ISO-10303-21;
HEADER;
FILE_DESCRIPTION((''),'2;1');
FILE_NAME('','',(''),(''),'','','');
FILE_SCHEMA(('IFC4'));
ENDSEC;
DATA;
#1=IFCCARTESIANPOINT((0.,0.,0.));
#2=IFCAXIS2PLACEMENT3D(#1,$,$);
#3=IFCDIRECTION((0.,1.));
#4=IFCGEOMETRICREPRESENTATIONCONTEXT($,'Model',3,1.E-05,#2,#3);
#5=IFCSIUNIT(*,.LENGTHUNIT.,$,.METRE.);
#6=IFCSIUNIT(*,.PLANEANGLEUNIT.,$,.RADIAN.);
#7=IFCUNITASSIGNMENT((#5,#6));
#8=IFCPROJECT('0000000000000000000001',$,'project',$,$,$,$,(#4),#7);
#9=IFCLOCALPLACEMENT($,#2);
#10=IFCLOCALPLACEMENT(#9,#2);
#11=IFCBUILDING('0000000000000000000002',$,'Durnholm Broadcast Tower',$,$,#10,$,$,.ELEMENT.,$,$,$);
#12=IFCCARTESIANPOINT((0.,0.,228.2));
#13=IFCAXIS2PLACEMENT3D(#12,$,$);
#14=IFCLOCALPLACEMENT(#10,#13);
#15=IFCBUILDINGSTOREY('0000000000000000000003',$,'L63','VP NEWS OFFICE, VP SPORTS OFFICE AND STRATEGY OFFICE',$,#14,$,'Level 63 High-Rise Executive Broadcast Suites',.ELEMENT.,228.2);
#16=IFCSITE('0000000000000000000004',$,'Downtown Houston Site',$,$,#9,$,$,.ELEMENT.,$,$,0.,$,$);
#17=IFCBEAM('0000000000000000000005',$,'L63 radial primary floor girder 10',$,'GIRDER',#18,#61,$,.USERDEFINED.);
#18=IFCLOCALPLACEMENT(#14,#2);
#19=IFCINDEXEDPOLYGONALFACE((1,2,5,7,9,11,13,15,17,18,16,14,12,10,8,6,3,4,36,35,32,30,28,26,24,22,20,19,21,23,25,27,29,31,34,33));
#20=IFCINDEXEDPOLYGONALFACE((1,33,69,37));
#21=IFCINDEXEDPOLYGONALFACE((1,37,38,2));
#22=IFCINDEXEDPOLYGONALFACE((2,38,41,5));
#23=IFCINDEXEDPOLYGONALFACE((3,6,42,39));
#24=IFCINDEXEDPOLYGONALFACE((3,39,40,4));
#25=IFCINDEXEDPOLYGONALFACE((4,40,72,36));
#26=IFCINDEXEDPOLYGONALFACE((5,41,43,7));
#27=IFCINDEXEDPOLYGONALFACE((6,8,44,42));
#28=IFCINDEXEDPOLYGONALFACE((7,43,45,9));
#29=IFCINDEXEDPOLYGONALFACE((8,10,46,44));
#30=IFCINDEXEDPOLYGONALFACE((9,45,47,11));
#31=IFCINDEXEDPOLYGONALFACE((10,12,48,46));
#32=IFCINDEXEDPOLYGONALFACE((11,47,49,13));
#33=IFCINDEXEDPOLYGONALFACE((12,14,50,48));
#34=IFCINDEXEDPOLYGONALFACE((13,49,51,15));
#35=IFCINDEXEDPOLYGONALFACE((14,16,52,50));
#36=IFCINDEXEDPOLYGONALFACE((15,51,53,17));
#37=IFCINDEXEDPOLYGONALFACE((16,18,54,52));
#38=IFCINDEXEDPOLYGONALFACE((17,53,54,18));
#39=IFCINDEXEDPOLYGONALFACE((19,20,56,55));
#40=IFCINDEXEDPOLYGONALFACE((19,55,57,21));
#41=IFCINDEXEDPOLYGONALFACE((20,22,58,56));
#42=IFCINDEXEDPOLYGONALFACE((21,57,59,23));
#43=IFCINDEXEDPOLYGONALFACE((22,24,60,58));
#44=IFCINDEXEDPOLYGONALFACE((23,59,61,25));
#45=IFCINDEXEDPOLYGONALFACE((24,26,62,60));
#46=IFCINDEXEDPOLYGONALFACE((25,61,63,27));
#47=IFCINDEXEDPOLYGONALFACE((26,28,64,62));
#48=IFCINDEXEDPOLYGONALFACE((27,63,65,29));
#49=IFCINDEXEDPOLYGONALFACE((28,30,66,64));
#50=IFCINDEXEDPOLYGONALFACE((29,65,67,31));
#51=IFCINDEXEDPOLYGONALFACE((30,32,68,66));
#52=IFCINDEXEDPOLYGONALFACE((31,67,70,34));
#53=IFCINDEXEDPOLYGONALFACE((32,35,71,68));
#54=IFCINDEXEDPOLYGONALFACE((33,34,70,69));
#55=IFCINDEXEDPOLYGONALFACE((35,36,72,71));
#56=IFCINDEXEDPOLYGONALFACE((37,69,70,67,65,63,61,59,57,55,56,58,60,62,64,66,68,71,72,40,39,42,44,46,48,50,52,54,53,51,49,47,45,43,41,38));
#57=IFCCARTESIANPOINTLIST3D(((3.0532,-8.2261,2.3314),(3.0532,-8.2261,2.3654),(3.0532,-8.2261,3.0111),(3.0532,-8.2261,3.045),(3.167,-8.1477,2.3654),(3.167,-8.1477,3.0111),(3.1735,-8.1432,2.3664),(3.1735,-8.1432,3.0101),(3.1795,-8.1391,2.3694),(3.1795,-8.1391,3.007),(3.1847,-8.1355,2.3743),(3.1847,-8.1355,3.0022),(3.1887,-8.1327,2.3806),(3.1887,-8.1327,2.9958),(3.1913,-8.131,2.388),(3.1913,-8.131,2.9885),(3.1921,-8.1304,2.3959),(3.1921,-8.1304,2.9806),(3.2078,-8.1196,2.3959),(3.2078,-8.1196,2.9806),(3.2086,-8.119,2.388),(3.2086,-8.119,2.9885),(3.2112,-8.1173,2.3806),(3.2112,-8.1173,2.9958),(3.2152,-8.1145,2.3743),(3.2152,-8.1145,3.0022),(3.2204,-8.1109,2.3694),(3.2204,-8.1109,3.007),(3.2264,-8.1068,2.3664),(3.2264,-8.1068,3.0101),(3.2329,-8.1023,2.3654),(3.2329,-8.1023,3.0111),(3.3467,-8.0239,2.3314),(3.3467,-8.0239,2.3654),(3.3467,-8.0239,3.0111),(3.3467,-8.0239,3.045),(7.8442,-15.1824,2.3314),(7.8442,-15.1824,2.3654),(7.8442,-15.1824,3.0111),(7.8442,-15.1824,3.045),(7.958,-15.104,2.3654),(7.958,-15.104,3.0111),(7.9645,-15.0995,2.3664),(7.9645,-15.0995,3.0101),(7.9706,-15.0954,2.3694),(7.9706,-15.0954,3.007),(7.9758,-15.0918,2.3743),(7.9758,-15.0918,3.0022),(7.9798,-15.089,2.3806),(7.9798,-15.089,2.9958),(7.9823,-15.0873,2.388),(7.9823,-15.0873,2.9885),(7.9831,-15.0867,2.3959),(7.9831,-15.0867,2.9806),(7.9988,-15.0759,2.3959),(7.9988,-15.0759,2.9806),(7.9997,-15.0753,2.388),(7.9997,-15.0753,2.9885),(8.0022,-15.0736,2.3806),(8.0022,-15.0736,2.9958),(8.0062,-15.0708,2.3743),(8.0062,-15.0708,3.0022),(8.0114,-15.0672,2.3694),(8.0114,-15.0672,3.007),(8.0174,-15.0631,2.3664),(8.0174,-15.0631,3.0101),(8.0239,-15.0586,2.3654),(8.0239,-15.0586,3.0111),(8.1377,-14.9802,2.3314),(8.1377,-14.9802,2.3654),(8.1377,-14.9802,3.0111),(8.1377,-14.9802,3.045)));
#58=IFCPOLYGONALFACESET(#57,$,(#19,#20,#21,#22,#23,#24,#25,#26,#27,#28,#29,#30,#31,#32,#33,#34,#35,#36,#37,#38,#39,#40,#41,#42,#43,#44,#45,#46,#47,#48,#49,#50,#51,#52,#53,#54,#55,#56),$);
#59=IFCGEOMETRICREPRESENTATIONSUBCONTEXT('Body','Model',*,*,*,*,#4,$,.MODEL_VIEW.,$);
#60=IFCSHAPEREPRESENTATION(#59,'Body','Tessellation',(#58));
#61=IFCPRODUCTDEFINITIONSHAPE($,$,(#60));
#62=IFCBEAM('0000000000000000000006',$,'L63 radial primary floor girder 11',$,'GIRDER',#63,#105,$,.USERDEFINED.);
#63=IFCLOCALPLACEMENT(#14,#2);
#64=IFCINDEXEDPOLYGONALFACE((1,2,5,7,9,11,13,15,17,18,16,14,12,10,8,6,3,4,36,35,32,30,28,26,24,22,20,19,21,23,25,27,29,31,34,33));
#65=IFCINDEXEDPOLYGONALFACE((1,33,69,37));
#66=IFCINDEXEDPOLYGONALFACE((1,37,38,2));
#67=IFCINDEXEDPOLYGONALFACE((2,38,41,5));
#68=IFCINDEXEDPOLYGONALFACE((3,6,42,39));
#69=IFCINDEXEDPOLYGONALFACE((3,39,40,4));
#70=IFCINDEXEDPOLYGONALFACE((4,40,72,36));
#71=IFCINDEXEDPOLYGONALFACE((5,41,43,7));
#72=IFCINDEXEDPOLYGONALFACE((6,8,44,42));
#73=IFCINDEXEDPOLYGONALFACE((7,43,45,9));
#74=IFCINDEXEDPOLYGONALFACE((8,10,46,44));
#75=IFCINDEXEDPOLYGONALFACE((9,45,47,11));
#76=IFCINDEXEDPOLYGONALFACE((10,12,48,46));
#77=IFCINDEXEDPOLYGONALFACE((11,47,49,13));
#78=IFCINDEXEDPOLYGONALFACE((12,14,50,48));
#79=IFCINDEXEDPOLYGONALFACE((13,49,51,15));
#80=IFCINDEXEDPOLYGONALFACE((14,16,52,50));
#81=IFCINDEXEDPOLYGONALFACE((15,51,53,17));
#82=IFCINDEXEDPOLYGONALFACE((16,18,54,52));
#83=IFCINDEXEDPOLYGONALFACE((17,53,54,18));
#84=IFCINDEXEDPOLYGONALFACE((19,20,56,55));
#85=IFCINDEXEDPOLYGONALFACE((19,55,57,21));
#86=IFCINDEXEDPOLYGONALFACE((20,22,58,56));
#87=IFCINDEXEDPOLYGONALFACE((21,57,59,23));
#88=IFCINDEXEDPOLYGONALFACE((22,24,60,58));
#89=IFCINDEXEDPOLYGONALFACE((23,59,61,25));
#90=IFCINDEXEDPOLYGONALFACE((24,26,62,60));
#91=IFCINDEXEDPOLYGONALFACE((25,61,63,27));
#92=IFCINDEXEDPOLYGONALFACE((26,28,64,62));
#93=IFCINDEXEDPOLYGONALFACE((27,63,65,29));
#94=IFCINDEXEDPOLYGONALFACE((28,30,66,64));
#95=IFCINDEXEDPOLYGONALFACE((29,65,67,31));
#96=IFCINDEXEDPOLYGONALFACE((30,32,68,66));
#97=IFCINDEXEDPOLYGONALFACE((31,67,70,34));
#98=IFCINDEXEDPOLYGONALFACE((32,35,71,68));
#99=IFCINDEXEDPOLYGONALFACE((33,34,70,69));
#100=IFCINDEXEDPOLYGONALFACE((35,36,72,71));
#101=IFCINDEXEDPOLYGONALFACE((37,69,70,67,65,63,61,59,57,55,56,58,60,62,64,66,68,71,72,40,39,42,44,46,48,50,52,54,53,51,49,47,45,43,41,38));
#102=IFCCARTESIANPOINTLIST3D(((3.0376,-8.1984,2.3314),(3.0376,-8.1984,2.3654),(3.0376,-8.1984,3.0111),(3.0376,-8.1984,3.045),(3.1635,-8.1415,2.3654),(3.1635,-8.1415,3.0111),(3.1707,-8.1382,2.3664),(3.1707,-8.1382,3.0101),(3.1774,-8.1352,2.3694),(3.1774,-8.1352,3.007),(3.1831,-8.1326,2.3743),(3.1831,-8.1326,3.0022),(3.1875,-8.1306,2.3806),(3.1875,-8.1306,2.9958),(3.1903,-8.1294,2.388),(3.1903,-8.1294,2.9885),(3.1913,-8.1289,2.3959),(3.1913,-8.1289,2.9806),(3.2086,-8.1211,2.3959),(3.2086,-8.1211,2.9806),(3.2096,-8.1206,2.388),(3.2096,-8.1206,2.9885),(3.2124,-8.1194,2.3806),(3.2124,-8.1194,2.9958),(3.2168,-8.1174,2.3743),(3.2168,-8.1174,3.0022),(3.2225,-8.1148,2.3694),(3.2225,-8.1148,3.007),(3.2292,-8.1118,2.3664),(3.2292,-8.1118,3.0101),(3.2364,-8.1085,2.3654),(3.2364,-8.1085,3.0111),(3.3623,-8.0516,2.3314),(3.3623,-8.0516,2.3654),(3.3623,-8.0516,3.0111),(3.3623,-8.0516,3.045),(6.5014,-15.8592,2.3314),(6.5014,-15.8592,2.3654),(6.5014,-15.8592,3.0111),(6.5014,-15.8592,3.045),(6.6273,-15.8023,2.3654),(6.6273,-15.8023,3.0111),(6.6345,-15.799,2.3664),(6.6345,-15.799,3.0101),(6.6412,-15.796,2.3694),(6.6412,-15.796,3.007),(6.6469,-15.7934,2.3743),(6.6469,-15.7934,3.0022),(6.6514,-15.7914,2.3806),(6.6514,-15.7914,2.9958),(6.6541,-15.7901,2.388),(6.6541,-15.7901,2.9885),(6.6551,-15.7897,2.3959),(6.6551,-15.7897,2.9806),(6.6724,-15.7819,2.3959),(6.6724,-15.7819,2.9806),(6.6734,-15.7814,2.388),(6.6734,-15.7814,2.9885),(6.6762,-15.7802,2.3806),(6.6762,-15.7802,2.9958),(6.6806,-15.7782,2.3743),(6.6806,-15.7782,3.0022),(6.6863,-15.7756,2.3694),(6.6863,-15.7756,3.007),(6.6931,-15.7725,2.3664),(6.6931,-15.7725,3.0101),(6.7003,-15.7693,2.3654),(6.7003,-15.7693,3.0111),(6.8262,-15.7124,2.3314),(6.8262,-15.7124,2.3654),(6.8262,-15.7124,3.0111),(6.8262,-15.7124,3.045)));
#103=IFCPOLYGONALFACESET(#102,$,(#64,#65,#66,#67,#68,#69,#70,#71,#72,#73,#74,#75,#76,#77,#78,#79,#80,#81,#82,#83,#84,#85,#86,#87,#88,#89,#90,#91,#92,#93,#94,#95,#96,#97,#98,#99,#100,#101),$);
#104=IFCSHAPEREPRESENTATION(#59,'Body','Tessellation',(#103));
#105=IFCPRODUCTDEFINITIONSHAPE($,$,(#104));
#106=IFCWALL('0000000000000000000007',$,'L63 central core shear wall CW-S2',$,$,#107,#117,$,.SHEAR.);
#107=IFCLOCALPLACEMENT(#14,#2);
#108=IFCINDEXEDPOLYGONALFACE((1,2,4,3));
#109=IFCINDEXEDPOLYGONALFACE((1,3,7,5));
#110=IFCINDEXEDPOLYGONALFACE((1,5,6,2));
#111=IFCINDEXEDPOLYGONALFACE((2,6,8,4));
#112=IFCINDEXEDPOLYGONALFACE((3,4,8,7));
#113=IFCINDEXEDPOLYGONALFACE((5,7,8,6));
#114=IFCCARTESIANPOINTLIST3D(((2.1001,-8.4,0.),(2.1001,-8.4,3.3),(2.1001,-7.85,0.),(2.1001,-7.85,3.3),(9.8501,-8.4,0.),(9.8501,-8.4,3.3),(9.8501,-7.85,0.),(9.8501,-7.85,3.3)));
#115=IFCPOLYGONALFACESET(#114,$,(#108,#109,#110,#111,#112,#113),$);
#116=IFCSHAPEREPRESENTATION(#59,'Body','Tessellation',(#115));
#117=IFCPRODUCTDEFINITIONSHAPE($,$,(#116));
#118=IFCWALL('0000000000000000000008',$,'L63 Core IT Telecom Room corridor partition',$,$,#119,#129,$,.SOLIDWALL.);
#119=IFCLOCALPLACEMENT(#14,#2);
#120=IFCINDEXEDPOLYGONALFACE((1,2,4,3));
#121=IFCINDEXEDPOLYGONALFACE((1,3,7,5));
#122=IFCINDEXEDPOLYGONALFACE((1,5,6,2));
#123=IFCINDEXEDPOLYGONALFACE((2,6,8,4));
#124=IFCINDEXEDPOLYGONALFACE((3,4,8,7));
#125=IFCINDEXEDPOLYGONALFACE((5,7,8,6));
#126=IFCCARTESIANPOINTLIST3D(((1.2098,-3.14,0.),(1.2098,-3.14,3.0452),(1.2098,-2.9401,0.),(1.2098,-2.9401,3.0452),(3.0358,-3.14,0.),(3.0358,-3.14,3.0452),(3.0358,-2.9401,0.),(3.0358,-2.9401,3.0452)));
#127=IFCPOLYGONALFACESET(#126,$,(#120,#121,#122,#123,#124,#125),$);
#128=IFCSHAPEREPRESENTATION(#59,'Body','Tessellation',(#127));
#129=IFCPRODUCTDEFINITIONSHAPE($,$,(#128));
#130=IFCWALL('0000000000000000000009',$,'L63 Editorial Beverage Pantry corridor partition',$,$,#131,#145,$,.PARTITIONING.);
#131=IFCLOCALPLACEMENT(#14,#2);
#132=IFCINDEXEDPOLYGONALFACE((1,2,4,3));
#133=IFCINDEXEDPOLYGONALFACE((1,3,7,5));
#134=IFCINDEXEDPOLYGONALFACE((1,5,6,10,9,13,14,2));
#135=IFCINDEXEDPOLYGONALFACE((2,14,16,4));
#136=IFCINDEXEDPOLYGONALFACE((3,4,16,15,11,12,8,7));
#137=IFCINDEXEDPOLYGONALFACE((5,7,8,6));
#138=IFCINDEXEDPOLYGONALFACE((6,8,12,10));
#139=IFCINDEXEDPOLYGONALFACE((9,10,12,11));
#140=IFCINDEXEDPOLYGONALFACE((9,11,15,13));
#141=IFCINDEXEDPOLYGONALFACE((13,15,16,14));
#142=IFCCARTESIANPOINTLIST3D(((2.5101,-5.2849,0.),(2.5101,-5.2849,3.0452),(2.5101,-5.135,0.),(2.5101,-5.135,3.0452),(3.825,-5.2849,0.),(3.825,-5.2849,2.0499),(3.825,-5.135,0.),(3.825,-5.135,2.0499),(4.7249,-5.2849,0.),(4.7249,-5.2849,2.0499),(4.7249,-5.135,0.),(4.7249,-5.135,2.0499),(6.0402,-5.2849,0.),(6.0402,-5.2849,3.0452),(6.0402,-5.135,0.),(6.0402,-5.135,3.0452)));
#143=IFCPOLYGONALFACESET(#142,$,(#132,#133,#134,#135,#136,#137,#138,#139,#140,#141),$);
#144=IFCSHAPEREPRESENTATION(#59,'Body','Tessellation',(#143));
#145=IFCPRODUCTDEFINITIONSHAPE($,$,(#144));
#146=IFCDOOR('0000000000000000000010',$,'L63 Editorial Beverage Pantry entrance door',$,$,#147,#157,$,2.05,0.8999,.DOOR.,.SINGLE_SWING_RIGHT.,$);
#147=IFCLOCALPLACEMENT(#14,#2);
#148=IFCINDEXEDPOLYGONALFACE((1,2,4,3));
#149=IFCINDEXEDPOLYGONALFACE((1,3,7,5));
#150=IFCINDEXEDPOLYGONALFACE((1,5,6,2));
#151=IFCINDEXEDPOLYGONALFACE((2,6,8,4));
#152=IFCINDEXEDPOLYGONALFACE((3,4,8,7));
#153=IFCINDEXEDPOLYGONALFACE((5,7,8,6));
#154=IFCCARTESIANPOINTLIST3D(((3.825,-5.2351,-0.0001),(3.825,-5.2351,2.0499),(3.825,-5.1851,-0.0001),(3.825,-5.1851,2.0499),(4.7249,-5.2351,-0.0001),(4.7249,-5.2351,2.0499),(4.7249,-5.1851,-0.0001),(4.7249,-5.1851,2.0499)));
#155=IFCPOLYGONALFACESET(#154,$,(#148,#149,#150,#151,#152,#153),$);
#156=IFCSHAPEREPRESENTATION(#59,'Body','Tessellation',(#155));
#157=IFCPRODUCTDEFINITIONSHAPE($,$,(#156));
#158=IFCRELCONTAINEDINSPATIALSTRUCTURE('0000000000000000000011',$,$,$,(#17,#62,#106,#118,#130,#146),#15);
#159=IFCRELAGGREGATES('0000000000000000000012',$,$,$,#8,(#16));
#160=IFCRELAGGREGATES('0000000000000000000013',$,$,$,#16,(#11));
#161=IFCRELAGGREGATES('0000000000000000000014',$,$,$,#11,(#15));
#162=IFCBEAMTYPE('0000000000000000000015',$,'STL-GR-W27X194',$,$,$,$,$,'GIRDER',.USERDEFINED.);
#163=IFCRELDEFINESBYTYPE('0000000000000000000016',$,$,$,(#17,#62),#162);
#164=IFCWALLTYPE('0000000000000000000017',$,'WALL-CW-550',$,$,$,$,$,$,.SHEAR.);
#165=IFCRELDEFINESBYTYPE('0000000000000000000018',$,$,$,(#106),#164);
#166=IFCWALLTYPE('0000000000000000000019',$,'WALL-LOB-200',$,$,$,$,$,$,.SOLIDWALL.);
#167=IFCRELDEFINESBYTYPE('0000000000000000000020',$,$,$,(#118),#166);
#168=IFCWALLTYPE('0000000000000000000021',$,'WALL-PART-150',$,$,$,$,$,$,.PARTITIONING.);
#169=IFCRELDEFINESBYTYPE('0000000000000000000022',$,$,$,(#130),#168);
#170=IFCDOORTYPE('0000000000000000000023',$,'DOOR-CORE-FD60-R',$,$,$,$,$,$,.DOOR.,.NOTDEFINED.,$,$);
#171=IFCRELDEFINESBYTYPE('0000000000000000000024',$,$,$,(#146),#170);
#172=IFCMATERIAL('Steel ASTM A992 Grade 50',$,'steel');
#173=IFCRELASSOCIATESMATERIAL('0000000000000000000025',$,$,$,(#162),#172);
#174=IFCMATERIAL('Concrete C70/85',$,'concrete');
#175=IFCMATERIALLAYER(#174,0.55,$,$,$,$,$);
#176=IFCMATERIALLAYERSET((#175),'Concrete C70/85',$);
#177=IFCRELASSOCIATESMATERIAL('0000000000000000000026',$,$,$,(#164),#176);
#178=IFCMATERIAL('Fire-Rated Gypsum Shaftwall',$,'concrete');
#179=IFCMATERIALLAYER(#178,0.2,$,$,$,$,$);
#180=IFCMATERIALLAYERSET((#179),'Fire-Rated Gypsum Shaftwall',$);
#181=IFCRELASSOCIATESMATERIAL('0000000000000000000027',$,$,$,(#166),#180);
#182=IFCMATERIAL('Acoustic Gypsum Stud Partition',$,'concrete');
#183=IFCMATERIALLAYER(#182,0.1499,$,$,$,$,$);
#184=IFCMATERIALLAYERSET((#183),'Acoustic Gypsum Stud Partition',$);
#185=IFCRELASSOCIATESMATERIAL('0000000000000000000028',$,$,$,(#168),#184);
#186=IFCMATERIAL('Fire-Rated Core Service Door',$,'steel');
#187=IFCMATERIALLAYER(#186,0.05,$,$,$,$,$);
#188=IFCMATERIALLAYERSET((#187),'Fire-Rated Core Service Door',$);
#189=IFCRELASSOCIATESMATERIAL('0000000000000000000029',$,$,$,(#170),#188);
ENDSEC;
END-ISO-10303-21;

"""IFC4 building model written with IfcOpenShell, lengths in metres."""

from ifc_helpers import new_model, si_unit, direction, frame, frame_2d, origin, origin_2d, place, context, subcontext, project, spatial, rectangle, i_section, extrude, source, transform, mapped, material, layer, layer_set, material_profile, profile_set, type_object, type_shapes, element, fill, save


model = new_model("IFC4")

# Units and contexts
model_context = context("Model", 3, precision=1e-05, world=origin(), true_north=direction((0.0, 1.0)))
body_context = subcontext(model_context, "Body", "Model", "MODEL_VIEW")
ifc_project = project(units=[si_unit("LENGTHUNIT", "METRE"), si_unit("PLANEANGLEUNIT", "RADIAN")], contexts=[model_context])

# Site, building, storey
site_placement = place(None, origin())
site = spatial("IfcSite", under=ifc_project, at=site_placement, Name="Downtown Houston Site", CompositionType="ELEMENT", RefElevation=0.0)
building_placement = place(site_placement, origin())
building = spatial("IfcBuilding", under=site, at=building_placement, Name="Durnholm Broadcast Tower", CompositionType="ELEMENT")
storey_placement = place(building_placement, frame((0.0, 0.0, 228.2)))
storey = spatial("IfcBuildingStorey", under=building, at=storey_placement, Name="L63", Description="VP NEWS OFFICE, VP SPORTS OFFICE AND STRATEGY OFFICE", LongName="Level 63 High-Rise Executive Broadcast Suites", CompositionType="ELEMENT", Elevation=228.2)

# Beams
ifc_material_1 = material(Name="Steel ASTM A992 Grade 50", Category="steel")
ifc_material_profile = material_profile(ifc_material_1, i_section(OverallWidth=0.3564, OverallDepth=0.7136, WebThickness=0.019, FlangeThickness=0.0339, FilletRadius=0.0305, at=origin_2d()), Name="W27X194")
ifc_profile_set = profile_set([ifc_material_profile], Name="Steel ASTM A992 Grade 50")
beam_type = type_object("IfcBeamType", Name="STL-GR-W27X194", ElementType="GIRDER", PredefinedType="USERDEFINED", material=ifc_profile_set)
shared_shape_1 = source(origin(), body_context, "Body", "SweptSolid", [
    extrude(i_section(OverallWidth=0.3564, OverallDepth=0.7136, WebThickness=0.019, FlangeThickness=0.0339, FilletRadius=0.0305, at=origin_2d()), origin(), (0.0, 0.0, 1.0), 8.4465),
])
beam_1_placement = place(storey_placement, frame((3.2, -8.125, 2.6882), z_axis=(0.567217, -0.823569, 0.0), x_axis=(0.823569, 0.567217, 0.0)))
element("IfcBeam", 1, at=beam_1_placement, inside=storey, type_object=beam_type, Name="L63 radial primary floor girder 10", ObjectType="GIRDER", PredefinedType="USERDEFINED", context=body_context, shape_type="MappedRepresentation", body=[
    mapped(shared_shape_1, transform((0.0, 0.0, 0.0), x_axis=(1.0, 0.0, 0.0), y_axis=(0.0, 1.0, 0.0), z_axis=(0.0, 0.0, 1.0), scale=1.0)),
])
shared_shape_2 = source(origin(), body_context, "Body", "SweptSolid", [
    extrude(i_section(OverallWidth=0.3564, OverallDepth=0.7136, WebThickness=0.019, FlangeThickness=0.0339, FilletRadius=0.0305, at=origin_2d()), origin(), (0.0, 0.0, 1.0), 8.4075),
])
type_shapes(beam_type, [shared_shape_1, shared_shape_2])
beam_2_placement = place(storey_placement, frame((3.2, -8.125, 2.6882), z_axis=(0.411993, -0.911187, 0.0), x_axis=(0.911187, 0.411993, 0.0)))
element("IfcBeam", 2, at=beam_2_placement, inside=storey, type_object=beam_type, Name="L63 radial primary floor girder 11", ObjectType="GIRDER", PredefinedType="USERDEFINED", context=body_context, shape_type="MappedRepresentation", body=[
    mapped(shared_shape_2, transform((0.0, 0.0, 0.0), x_axis=(1.0, 0.0, 0.0), y_axis=(0.0, 1.0, 0.0), z_axis=(0.0, 0.0, 1.0), scale=1.0)),
])

# Walls
ifc_material_2 = material(Name="Concrete C70/85", Category="concrete")
ifc_layer_1 = layer(ifc_material_2, 0.55)
ifc_layer_set_1 = layer_set([ifc_layer_1], Name="Concrete C70/85")
wall_type_1 = type_object("IfcWallType", Name="WALL-CW-550", PredefinedType="SHEAR", material=ifc_layer_set_1)
wall_1_placement = place(storey_placement, frame((2.1001, -8.125, 0.0), z_axis=(0.0, 0.0, 1.0), x_axis=(1.0, 0.0, 0.0)))
element("IfcWall", 3, at=wall_1_placement, inside=storey, type_object=wall_type_1, Name="L63 central core shear wall CW-S2", PredefinedType="SHEAR", context=body_context, shape_type="SweptSolid", body=[
    extrude(rectangle(XDim=7.75, YDim=0.55, at=frame_2d((3.875, 0.0))), origin(), (0.0, 0.0, 1.0), 3.3),
])
ifc_material_3 = material(Name="Fire-Rated Gypsum Shaftwall", Category="concrete")
ifc_layer_2 = layer(ifc_material_3, 0.2)
ifc_layer_set_2 = layer_set([ifc_layer_2], Name="Fire-Rated Gypsum Shaftwall")
wall_type_2 = type_object("IfcWallType", Name="WALL-LOB-200", PredefinedType="SOLIDWALL", material=ifc_layer_set_2)
wall_2_placement = place(storey_placement, frame((3.0359, -3.04, 0.0), z_axis=(0.0, 0.0, 1.0), x_axis=(-1.0, 0.0, 0.0)))
element("IfcWall", 4, at=wall_2_placement, inside=storey, type_object=wall_type_2, Name="L63 Core IT Telecom Room corridor partition", PredefinedType="SOLIDWALL", context=body_context, shape_type="SweptSolid", body=[
    extrude(rectangle(XDim=1.8259, YDim=0.2, at=frame_2d((0.9131, 0.0))), origin(), (0.0, 0.0, 1.0), 3.0452),
])

# Wall, opening, door
ifc_material_4 = material(Name="Acoustic Gypsum Stud Partition", Category="concrete")
ifc_layer_3 = layer(ifc_material_4, 0.1499)
ifc_layer_set_3 = layer_set([ifc_layer_3], Name="Acoustic Gypsum Stud Partition")
wall_type_3 = type_object("IfcWallType", Name="WALL-PART-150", PredefinedType="PARTITIONING", material=ifc_layer_set_3)
wall_3_placement = place(storey_placement, frame((2.51, -5.21, 0.0), z_axis=(0.0, 0.0, 1.0), x_axis=(1.0, 0.0, 0.0)))
wall_3 = element("IfcWall", 5, at=wall_3_placement, inside=storey, type_object=wall_type_3, Name="L63 Editorial Beverage Pantry corridor partition", PredefinedType="PARTITIONING", context=body_context, shape_type="SweptSolid", body=[
    extrude(rectangle(XDim=3.53, YDim=0.1499, at=frame_2d((1.7651, 0.0))), origin(), (0.0, 0.0, 1.0), 3.0452),
])
opening_1_placement = place(wall_3_placement, frame((1.3149, 0.0, 0.0)))
opening_1 = element("IfcOpeningElement", 6, at=opening_1_placement, cuts=wall_3, PredefinedType="OPENING", context=body_context, shape_type="SweptSolid", body=[
    extrude(rectangle(XDim=0.8999, YDim=2.05, at=frame_2d((0.45, 1.0249))), frame((0.0, 0.085, 0.0), z_axis=(0.0, -1.0, 0.0), x_axis=(1.0, 0.0, 0.0)), (0.0, 0.0, 1.0), 0.1699),
])
ifc_material_5 = material(Name="Fire-Rated Core Service Door", Category="steel")
ifc_layer_4 = layer(ifc_material_5, 0.05)
ifc_layer_set_4 = layer_set([ifc_layer_4], Name="Fire-Rated Core Service Door")
door_type_1 = type_object("IfcDoorType", Name="DOOR-CORE-FD60-R", OperationType="NOTDEFINED", PredefinedType="DOOR", material=ifc_layer_set_4)
shared_shape_3 = source(origin(), body_context, "Body", "SweptSolid", [
    extrude(rectangle(XDim=0.8999, YDim=2.05, at=frame_2d((0.45, 1.0249))), frame((0.0, 0.0249, 0.0), z_axis=(0.0, -1.0, 0.0), x_axis=(1.0, 0.0, 0.0)), (0.0, 0.0, 1.0), 0.05),
])
type_shapes(door_type_1, [shared_shape_3])
door_1_placement = place(opening_1_placement, origin())
door_1 = element("IfcDoor", 7, at=door_1_placement, inside=storey, type_object=door_type_1, Name="L63 Editorial Beverage Pantry entrance door", OperationType="SINGLE_SWING_RIGHT", OverallHeight=2.05, OverallWidth=0.8999, PredefinedType="DOOR", context=body_context, shape_type="MappedRepresentation", body=[
    mapped(shared_shape_3, transform((0.0, 0.0, 0.0), x_axis=(1.0, 0.0, 0.0), y_axis=(0.0, 1.0, 0.0), z_axis=(0.0, 0.0, 1.0), scale=1.0)),
])
fill(opening_1, door_1)

save(model, "model.ifc")
